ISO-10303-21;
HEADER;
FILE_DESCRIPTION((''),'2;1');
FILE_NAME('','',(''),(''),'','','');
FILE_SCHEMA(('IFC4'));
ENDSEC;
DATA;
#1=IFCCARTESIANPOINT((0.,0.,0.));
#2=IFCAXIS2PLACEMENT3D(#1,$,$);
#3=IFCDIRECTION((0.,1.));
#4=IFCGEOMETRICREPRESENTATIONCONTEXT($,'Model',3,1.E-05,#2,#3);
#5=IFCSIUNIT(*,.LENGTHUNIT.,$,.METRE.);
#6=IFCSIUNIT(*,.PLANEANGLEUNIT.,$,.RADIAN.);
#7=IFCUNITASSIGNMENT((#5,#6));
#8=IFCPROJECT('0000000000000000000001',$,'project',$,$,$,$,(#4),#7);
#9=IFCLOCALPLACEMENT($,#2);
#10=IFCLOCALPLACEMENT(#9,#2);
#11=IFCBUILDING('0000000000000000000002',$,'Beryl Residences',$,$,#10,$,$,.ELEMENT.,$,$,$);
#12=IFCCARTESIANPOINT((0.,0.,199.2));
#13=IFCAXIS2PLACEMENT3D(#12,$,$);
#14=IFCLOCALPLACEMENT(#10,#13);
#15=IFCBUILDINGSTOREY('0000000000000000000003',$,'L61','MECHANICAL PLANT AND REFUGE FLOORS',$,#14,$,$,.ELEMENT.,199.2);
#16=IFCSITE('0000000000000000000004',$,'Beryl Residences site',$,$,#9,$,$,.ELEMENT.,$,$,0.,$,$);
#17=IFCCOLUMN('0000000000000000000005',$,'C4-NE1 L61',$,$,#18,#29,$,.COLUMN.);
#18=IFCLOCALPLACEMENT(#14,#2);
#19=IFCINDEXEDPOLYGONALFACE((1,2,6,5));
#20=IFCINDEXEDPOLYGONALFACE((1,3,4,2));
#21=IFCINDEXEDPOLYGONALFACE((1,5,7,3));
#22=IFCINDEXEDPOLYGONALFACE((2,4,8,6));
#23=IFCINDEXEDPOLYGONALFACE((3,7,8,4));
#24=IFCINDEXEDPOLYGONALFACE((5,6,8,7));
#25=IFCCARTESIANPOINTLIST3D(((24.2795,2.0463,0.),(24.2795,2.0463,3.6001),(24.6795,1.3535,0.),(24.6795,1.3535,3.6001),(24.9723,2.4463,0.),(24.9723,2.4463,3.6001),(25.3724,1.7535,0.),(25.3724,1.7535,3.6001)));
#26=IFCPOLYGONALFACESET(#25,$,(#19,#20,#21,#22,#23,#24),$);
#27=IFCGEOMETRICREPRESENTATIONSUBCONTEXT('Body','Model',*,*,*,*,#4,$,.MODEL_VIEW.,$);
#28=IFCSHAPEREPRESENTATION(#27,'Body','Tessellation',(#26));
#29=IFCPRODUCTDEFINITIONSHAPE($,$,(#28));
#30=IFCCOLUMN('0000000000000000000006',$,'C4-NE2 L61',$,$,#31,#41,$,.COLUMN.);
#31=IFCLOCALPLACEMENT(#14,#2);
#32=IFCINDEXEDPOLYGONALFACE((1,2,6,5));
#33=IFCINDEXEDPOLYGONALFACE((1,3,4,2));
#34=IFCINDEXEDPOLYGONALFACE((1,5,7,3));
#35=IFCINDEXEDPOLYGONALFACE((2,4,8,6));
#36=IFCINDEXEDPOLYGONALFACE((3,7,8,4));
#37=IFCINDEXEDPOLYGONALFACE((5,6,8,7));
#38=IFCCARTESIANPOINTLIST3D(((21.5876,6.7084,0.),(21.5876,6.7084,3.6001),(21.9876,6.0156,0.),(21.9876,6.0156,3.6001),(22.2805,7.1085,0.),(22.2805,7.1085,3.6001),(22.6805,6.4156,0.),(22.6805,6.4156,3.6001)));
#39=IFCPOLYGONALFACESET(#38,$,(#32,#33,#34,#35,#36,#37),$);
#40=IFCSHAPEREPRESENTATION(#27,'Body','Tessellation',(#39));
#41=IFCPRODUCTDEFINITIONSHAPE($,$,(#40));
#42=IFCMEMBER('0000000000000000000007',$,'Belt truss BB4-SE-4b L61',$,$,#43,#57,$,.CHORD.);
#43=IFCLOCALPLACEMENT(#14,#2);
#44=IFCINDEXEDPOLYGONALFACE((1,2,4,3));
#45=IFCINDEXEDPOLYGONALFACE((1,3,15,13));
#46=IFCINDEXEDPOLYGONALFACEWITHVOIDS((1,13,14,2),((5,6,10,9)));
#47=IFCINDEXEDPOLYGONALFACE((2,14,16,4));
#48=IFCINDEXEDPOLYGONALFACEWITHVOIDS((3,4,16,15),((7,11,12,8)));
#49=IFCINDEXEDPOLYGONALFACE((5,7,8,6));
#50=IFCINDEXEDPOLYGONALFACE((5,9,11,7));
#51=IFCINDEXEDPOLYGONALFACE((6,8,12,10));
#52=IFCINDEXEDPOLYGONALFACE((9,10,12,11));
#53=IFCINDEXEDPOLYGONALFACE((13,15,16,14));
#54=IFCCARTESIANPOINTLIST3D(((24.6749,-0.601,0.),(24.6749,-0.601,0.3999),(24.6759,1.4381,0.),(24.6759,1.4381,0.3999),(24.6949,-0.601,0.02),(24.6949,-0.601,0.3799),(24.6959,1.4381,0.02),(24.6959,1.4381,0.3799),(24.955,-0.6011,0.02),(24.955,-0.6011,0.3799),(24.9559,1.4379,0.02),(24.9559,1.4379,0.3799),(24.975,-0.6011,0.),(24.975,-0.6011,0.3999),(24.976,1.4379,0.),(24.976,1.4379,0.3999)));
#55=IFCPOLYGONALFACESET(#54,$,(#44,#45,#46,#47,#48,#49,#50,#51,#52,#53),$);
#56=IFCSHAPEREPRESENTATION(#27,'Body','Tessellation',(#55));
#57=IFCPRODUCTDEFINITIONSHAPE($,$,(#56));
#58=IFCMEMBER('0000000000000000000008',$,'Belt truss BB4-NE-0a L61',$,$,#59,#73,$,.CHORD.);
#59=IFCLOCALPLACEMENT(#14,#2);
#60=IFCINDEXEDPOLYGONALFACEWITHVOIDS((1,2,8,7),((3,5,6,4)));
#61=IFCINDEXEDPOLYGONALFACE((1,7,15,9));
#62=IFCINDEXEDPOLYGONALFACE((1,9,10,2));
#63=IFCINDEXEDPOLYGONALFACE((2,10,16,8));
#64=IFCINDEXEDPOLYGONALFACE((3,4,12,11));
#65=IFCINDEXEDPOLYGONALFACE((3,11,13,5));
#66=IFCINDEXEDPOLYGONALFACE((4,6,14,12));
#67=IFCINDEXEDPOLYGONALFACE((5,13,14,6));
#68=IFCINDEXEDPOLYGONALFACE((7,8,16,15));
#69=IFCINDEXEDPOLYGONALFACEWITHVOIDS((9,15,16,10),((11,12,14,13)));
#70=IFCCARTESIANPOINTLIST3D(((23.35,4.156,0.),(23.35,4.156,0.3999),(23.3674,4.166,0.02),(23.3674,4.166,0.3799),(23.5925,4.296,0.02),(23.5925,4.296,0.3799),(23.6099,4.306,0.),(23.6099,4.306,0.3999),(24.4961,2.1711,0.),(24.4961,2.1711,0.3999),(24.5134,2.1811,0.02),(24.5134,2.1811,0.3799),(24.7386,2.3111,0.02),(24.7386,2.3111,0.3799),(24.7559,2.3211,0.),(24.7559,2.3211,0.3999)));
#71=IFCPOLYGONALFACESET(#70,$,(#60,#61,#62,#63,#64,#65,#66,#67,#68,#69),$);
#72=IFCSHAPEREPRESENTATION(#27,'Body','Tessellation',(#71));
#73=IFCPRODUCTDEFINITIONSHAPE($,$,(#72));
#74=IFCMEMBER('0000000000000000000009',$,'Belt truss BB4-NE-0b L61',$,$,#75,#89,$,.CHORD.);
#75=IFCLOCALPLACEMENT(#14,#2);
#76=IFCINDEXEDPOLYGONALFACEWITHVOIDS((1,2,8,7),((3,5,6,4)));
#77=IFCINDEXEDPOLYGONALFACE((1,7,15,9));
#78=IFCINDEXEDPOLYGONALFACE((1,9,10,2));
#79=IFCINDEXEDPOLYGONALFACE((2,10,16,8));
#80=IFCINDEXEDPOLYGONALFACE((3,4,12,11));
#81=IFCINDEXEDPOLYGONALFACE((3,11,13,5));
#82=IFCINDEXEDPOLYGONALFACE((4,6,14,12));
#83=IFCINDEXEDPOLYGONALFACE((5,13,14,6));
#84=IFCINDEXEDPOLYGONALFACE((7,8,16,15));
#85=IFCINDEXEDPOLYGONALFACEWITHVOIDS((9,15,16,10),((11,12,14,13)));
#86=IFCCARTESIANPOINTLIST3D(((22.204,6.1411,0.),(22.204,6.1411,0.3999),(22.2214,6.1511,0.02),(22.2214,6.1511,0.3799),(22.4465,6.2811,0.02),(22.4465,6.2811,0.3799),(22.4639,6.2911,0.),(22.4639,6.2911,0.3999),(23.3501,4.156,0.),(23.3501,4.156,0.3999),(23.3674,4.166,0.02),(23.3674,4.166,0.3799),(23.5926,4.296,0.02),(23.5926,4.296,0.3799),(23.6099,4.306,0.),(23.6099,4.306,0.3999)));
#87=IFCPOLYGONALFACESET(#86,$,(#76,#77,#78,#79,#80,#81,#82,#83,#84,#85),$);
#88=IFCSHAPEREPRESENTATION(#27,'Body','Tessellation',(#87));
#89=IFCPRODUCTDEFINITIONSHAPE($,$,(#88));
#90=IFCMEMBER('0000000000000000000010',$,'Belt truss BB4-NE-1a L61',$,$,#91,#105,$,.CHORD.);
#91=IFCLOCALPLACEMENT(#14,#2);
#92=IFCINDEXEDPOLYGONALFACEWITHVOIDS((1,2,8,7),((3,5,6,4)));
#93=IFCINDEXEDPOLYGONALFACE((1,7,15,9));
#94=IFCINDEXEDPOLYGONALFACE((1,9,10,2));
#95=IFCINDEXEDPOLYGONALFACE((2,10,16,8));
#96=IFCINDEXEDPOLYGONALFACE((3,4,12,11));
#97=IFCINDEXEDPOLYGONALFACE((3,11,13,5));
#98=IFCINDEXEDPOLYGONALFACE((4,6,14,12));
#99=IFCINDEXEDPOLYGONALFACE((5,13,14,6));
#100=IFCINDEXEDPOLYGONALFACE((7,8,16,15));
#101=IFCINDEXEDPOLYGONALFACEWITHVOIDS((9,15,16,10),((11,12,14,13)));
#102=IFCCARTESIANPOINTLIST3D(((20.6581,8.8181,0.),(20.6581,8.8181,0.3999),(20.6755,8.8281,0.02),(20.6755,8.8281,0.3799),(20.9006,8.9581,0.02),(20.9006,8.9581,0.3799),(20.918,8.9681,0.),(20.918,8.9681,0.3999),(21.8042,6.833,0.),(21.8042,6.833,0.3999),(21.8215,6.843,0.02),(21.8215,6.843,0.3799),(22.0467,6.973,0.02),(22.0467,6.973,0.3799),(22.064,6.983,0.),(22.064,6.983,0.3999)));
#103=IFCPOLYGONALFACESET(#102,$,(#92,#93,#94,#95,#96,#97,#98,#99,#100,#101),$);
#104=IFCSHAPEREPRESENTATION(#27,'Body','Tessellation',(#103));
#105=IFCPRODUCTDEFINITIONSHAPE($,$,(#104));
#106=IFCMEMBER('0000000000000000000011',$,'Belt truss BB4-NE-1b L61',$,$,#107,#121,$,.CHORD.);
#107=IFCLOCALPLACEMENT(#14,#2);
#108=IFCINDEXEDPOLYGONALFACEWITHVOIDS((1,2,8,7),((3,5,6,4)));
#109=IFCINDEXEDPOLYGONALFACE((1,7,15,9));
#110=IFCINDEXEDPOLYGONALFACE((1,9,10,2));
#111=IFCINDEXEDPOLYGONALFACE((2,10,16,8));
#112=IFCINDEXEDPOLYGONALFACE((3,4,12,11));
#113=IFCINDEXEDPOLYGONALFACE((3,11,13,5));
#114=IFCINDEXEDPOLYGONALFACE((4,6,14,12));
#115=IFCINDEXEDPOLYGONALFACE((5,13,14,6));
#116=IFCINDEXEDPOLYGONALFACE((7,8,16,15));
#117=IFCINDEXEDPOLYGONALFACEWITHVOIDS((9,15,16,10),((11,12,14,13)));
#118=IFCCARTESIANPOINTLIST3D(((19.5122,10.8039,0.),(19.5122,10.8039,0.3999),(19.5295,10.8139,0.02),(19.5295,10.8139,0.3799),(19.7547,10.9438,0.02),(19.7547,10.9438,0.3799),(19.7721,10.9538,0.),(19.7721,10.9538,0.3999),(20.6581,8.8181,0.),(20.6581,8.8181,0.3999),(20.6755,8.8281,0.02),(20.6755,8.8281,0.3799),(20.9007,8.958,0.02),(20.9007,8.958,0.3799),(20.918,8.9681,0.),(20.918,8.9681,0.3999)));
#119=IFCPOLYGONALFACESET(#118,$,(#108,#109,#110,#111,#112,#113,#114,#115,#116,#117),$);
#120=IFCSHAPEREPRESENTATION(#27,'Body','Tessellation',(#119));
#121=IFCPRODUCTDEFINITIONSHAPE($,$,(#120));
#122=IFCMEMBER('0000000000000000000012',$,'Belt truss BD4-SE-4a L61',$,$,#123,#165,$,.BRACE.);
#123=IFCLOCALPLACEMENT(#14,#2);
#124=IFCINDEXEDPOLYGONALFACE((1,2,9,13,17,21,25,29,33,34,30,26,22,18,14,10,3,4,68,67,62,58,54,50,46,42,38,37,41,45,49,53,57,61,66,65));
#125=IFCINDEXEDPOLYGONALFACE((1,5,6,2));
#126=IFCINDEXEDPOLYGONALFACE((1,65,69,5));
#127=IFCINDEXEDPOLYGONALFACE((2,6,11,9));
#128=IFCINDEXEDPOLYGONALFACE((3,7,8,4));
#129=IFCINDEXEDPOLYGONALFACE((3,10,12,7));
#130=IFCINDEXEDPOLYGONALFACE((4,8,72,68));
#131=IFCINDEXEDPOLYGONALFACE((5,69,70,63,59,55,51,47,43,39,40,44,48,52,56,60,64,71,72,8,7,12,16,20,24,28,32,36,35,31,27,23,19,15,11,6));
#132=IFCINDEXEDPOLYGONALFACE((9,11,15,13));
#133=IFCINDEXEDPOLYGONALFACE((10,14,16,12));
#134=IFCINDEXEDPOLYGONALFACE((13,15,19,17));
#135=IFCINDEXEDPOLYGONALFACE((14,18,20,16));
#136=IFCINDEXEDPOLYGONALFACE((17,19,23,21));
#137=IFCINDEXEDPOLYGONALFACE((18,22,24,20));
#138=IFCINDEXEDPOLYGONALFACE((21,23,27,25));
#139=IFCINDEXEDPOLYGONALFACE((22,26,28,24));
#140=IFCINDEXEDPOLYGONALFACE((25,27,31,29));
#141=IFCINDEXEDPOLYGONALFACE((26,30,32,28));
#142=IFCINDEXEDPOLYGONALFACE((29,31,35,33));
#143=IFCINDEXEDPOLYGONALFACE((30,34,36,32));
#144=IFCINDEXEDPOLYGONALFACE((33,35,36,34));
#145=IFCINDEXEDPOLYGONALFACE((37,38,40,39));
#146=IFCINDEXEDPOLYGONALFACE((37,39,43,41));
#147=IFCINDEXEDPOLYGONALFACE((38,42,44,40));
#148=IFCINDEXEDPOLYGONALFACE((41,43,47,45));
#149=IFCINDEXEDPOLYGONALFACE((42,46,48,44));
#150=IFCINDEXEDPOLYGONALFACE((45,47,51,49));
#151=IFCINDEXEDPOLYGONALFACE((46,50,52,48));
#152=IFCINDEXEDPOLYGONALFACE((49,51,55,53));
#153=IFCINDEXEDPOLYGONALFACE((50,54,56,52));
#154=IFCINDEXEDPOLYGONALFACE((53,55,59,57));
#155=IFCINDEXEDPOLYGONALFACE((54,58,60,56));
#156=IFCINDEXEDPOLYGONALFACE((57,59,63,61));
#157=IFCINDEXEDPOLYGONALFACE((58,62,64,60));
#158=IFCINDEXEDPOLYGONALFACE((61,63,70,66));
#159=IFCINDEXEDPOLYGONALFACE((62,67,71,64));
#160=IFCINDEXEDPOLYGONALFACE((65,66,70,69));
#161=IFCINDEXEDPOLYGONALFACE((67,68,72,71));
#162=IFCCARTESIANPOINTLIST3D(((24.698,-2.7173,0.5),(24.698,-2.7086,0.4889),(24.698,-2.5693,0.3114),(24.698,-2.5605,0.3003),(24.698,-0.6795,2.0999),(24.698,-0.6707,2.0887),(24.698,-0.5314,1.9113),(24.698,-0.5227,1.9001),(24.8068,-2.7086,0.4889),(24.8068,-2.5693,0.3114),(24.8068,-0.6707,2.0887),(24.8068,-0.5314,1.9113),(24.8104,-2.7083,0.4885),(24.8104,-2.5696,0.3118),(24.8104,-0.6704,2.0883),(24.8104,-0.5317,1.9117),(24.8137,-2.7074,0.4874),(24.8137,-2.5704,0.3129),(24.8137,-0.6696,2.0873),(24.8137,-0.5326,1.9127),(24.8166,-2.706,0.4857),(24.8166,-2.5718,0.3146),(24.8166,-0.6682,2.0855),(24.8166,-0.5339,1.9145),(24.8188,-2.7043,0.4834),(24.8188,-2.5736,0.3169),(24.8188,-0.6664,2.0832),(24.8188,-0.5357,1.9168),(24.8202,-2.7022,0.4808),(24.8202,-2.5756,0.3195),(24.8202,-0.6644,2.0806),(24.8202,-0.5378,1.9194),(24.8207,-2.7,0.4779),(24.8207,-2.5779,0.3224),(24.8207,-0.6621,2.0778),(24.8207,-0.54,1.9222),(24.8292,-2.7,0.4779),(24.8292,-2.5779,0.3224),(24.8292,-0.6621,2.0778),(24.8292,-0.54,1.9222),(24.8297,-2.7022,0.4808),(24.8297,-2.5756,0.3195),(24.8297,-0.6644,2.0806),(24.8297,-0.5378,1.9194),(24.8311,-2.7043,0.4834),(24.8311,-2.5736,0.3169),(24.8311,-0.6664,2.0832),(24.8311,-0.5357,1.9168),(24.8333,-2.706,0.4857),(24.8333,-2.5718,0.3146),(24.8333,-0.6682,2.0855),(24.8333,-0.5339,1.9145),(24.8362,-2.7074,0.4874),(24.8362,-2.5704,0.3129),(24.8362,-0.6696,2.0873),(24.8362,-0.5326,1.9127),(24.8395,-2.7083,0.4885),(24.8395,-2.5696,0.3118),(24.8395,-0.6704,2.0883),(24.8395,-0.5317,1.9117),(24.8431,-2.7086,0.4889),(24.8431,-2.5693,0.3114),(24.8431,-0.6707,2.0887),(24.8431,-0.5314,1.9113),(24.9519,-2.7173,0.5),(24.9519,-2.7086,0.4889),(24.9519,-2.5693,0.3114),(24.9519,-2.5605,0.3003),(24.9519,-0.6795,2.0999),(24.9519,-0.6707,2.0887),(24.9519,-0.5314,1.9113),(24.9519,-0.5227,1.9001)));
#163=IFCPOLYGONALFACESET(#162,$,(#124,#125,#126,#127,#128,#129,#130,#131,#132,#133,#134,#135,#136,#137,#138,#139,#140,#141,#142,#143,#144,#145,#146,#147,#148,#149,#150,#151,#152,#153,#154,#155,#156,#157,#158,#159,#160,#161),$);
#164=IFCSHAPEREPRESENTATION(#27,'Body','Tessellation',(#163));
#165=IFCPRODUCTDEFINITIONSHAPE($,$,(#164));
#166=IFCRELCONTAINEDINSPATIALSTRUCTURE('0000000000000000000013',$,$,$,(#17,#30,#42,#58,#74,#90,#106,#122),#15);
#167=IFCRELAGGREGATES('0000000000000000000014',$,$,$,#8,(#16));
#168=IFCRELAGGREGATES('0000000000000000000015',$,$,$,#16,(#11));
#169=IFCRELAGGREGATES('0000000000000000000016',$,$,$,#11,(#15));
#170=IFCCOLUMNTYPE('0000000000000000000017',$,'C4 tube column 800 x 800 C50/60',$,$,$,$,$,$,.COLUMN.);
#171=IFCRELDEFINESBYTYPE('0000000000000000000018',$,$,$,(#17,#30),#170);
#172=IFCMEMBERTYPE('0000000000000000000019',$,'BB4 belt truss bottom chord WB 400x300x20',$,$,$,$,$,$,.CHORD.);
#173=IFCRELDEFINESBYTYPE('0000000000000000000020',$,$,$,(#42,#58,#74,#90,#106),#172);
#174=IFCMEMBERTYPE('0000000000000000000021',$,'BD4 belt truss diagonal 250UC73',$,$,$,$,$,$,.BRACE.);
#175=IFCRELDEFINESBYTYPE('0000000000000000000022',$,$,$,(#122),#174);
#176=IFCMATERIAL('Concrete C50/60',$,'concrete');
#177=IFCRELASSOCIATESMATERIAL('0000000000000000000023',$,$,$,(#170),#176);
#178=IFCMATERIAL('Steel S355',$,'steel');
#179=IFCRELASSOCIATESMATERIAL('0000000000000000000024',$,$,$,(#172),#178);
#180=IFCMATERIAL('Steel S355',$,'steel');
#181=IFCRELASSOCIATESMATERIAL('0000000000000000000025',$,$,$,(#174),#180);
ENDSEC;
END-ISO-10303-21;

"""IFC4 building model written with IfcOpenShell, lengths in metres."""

from ifc_helpers import new_model, si_unit, direction, frame, origin, origin_2d, place, context, subcontext, project, spatial, rectangle, hollow_rectangle, i_section, extrude, material, material_profile, profile_set, type_object, element, save


model = new_model("IFC4")

# Units and contexts
model_context = context("Model", 3, precision=1e-05, world=origin(), true_north=direction((0.0, 1.0)))
body_context = subcontext(model_context, "Body", "Model", "MODEL_VIEW")
ifc_project = project(units=[si_unit("LENGTHUNIT", "METRE"), si_unit("PLANEANGLEUNIT", "RADIAN")], contexts=[model_context])

# Site, building, storey
site_placement = place(None, origin())
site = spatial("IfcSite", under=ifc_project, at=site_placement, Name="Beryl Residences site", CompositionType="ELEMENT", RefElevation=0.0)
building_placement = place(site_placement, origin())
building = spatial("IfcBuilding", under=site, at=building_placement, Name="Beryl Residences", CompositionType="ELEMENT")
storey_placement = place(building_placement, frame((0.0, 0.0, 199.2)))
storey = spatial("IfcBuildingStorey", under=building, at=storey_placement, Name="L61", Description="MECHANICAL PLANT AND REFUGE FLOORS", CompositionType="ELEMENT", Elevation=199.2)

# Columns
ifc_material_1 = material(Name="Concrete C50/60", Category="concrete")
ifc_material_profile_1 = material_profile(ifc_material_1, rectangle(XDim=0.8, YDim=0.8, at=origin_2d()))
ifc_profile_set_1 = profile_set([ifc_material_profile_1], Name="Concrete C50/60")
column_type = type_object("IfcColumnType", Name="C4 tube column 800 x 800 C50/60", PredefinedType="COLUMN", material=ifc_profile_set_1)
for number, where, z_axis, x_axis, name in (
    (1, (24.8259, 1.8999, 0.0), (0.0, 0.0, 1.0), (-0.5, 0.866025, 0.0), "C4-NE1 L61"),
    (2, (22.134, 6.562, 0.0), (0.0, 0.0, 1.0), (-0.5, 0.866025, 0.0), "C4-NE2 L61"),
):
    element("IfcColumn", number, at=place(storey_placement, frame(where, z_axis=z_axis, x_axis=x_axis)), inside=storey, type_object=column_type, Name=name, PredefinedType="COLUMN", context=body_context, shape_type="SweptSolid", body=[
        extrude(rectangle(XDim=0.8, YDim=0.8, at=origin_2d()), origin(), (0.0, 0.0, 1.0), 3.6001),
    ])

# Members
ifc_material_2 = material(Name="Steel S355", Category="steel")
ifc_material_profile_2 = material_profile(ifc_material_2, hollow_rectangle(XDim=0.3, YDim=0.3999, WallThickness=0.02, at=origin_2d()))
ifc_profile_set_2 = profile_set([ifc_material_profile_2], Name="Steel S355")
member_type_1 = type_object("IfcMemberType", Name="BB4 belt truss bottom chord WB 400x300x20", PredefinedType="CHORD", material=ifc_profile_set_2)
member_1_placement = place(storey_placement, frame((24.825, -0.6011, 0.2), z_axis=(0.000479, 1.0, 0.0), x_axis=(-1.0, 0.000479, 0.0)))
element("IfcMember", 3, at=member_1_placement, inside=storey, type_object=member_type_1, Name="Belt truss BB4-SE-4b L61", PredefinedType="CHORD", context=body_context, shape_type="SweptSolid", body=[
    extrude(hollow_rectangle(XDim=0.3, YDim=0.3999, WallThickness=0.02, at=origin_2d()), origin(), (0.0, 0.0, 1.0), 2.0391),
])
member_2_placement = place(storey_placement, frame((24.626, 2.2461, 0.2), z_axis=(-0.500011, 0.866019, 0.0), x_axis=(-0.866019, -0.500011, 0.0)))
element("IfcMember", 4, at=member_2_placement, inside=storey, type_object=member_type_1, Name="Belt truss BB4-NE-0a L61", PredefinedType="CHORD", context=body_context, shape_type="SweptSolid", body=[
    extrude(hollow_rectangle(XDim=0.3, YDim=0.3999, WallThickness=0.02, at=origin_2d()), origin(), (0.0, 0.0, 1.0), 2.292),
])
for number, where, z_axis, x_axis, name in (
    (5, (23.48, 4.231, 0.2), (-0.499965, 0.866045, 0.0), (-0.866045, -0.499965, 0.0), "Belt truss BB4-NE-0b L61"),
    (6, (21.9341, 6.908, 0.2), (-0.499965, 0.866045, 0.0), (-0.866045, -0.499965, 0.0), "Belt truss BB4-NE-1a L61"),
):
    element("IfcMember", number, at=place(storey_placement, frame(where, z_axis=z_axis, x_axis=x_axis)), inside=storey, type_object=member_type_1, Name=name, PredefinedType="CHORD", context=body_context, shape_type="SweptSolid", body=[
        extrude(hollow_rectangle(XDim=0.3, YDim=0.3999, WallThickness=0.02, at=origin_2d()), origin(), (0.0, 0.0, 1.0), 2.2922),
    ])
member_3_placement = place(storey_placement, frame((20.7881, 8.8931, 0.2), z_axis=(-0.499827, 0.866125, 0.0), x_axis=(-0.866125, -0.499827, 0.0)))
element("IfcMember", 7, at=member_3_placement, inside=storey, type_object=member_type_1, Name="Belt truss BB4-NE-1b L61", PredefinedType="CHORD", context=body_context, shape_type="SweptSolid", body=[
    extrude(hollow_rectangle(XDim=0.3, YDim=0.3999, WallThickness=0.02, at=origin_2d()), origin(), (0.0, 0.0, 1.0), 2.2927),
])
ifc_material_3 = material(Name="Steel S355", Category="steel")
ifc_material_profile_3 = material_profile(ifc_material_3, i_section(OverallWidth=0.2539, OverallDepth=0.2539, WebThickness=0.0085, FlangeThickness=0.0142, FilletRadius=0.0139, at=origin_2d()))
ifc_profile_set_3 = profile_set([ifc_material_profile_3], Name="Steel S355")
member_type_2 = type_object("IfcMemberType", Name="BD4 belt truss diagonal 250UC73", PredefinedType="BRACE", material=ifc_profile_set_3)
member_4_placement = place(storey_placement, frame((24.825, -2.6389, 0.4001), z_axis=(0.0, 0.786564, 0.617509), x_axis=(-1.0, 0.0, 0.0)))
element("IfcMember", 8, at=member_4_placement, inside=storey, type_object=member_type_2, Name="Belt truss BD4-SE-4a L61", PredefinedType="BRACE", context=body_context, shape_type="SweptSolid", body=[
    extrude(i_section(OverallWidth=0.2539, OverallDepth=0.2539, WebThickness=0.0085, FlangeThickness=0.0142, FilletRadius=0.0139, at=origin_2d()), origin(), (0.0, 0.0, 1.0), 2.5908),
])

save(model, "model.ifc")
